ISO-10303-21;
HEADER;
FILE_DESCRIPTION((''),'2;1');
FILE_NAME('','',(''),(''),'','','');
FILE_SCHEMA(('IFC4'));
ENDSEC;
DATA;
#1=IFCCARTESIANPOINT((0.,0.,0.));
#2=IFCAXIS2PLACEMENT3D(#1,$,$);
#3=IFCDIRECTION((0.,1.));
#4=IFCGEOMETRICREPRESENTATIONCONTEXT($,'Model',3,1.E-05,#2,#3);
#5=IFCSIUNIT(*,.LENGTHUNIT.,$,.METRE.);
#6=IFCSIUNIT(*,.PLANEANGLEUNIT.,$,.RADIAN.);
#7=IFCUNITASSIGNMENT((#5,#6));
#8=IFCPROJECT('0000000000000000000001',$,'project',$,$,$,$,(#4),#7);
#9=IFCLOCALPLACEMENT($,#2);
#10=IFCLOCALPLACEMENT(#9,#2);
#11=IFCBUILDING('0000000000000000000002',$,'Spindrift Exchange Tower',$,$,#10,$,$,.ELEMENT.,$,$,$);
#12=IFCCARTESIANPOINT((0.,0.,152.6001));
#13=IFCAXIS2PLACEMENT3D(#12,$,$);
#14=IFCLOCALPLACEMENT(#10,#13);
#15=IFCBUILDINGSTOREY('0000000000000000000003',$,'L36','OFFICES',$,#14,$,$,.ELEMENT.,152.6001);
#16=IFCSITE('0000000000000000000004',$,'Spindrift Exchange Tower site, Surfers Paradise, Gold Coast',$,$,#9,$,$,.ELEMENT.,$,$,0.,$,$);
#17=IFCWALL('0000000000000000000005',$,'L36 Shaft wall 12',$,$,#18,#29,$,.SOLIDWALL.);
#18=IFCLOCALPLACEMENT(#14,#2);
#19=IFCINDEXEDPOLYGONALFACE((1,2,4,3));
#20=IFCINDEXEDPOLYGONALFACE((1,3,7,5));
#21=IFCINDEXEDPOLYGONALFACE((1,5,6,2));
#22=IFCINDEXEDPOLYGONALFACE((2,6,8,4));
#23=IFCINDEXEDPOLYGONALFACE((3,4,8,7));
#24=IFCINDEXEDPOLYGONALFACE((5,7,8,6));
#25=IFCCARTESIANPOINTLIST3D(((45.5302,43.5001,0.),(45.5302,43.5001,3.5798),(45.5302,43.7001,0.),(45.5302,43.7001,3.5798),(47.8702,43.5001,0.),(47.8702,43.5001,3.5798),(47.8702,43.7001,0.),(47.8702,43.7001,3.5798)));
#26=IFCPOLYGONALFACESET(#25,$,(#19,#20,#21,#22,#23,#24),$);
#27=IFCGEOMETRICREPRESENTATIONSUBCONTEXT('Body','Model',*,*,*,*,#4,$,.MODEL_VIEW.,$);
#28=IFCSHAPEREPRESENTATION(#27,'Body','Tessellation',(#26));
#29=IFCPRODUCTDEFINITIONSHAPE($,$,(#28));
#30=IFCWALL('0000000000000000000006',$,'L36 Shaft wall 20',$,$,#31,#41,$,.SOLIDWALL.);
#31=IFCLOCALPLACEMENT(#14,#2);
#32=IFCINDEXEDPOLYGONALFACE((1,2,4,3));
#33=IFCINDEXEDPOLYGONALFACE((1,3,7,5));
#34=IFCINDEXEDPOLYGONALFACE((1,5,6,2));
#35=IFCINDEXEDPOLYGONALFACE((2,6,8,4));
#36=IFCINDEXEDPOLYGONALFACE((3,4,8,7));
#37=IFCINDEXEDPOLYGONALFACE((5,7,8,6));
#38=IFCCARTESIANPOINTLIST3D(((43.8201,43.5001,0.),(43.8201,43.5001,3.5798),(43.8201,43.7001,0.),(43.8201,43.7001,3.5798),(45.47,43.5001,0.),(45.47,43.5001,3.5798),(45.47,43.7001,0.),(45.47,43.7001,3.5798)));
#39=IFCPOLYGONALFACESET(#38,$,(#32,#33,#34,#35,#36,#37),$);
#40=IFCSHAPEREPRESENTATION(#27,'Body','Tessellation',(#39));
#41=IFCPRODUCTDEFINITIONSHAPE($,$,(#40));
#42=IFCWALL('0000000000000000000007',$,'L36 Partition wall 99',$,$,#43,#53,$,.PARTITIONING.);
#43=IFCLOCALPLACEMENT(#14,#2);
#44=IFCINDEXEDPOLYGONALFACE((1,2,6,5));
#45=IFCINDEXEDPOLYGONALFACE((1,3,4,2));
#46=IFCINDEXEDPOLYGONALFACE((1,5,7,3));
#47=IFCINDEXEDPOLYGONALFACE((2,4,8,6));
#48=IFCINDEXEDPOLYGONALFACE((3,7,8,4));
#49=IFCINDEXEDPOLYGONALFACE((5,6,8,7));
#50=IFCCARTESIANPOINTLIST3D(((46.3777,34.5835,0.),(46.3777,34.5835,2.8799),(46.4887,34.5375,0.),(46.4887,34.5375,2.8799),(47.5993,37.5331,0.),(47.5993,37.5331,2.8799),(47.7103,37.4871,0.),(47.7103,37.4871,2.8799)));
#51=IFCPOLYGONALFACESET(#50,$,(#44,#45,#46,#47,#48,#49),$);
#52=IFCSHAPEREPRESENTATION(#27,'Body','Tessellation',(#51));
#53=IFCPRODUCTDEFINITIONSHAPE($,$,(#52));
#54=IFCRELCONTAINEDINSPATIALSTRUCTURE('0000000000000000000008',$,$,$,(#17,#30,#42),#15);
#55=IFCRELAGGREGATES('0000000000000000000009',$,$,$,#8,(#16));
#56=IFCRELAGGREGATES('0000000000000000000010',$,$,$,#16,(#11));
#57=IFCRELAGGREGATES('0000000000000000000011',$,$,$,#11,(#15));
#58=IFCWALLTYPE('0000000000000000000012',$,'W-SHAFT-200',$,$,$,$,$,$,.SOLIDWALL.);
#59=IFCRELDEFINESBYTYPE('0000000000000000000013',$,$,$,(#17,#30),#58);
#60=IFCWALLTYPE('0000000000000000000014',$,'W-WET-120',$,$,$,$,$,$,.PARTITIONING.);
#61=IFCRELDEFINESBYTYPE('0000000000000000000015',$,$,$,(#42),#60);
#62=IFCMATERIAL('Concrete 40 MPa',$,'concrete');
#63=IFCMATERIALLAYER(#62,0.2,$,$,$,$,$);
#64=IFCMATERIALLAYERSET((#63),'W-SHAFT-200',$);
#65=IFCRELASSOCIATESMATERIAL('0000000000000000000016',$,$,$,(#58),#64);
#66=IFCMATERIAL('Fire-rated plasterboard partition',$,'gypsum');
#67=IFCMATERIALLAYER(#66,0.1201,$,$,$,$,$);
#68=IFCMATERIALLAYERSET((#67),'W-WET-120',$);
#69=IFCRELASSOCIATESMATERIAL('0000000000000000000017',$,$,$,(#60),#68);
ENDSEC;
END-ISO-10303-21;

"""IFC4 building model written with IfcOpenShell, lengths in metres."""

from ifc_helpers import new_model, si_unit, direction, frame, frame_2d, origin, place, context, subcontext, project, spatial, rectangle, extrude, material, layer, layer_set, type_object, element, save


model = new_model("IFC4")

# Units and contexts
model_context = context("Model", 3, precision=1e-05, world=origin(), true_north=direction((0.0, 1.0)))
body_context = subcontext(model_context, "Body", "Model", "MODEL_VIEW")
ifc_project = project(units=[si_unit("LENGTHUNIT", "METRE"), si_unit("PLANEANGLEUNIT", "RADIAN")], contexts=[model_context])

# Site, building, storey
site_placement = place(None, origin())
site = spatial("IfcSite", under=ifc_project, at=site_placement, Name="Spindrift Exchange Tower site, Surfers Paradise, Gold Coast", CompositionType="ELEMENT", RefElevation=0.0)
building_placement = place(site_placement, origin())
building = spatial("IfcBuilding", under=site, at=building_placement, Name="Spindrift Exchange Tower", CompositionType="ELEMENT")
storey_placement = place(building_placement, frame((0.0, 0.0, 152.6001)))
storey = spatial("IfcBuildingStorey", under=building, at=storey_placement, Name="L36", Description="OFFICES", CompositionType="ELEMENT", Elevation=152.6001)

# Shared definitions
ifc_material_1 = material(Name="Fire-rated plasterboard partition", Category="gypsum")

# Shared definitions
ifc_material_2 = material(Name="Concrete 40 MPa", Category="concrete")
ifc_layer_1 = layer(ifc_material_2, 0.2)
ifc_layer_set_1 = layer_set([ifc_layer_1], Name="W-SHAFT-200")
wall_type_1 = type_object("IfcWallType", Name="W-SHAFT-200", PredefinedType="SOLIDWALL", material=ifc_layer_set_1)

# Walls
wall_1_placement = place(storey_placement, frame((47.8701, 43.6001, 0.0), z_axis=(0.0, 0.0, 1.0), x_axis=(-1.0, 0.0, 0.0)))
element("IfcWall", 1, at=wall_1_placement, inside=storey, type_object=wall_type_1, Name="L36 Shaft wall 12", PredefinedType="SOLIDWALL", context=body_context, shape_type="SweptSolid", body=[
    extrude(rectangle(XDim=2.3401, YDim=0.2, at=frame_2d((1.1699, 0.0))), origin(), (0.0, 0.0, 1.0), 3.5798),
])
wall_2_placement = place(storey_placement, frame((45.47, 43.6001, 0.0), z_axis=(0.0, 0.0, 1.0), x_axis=(-1.0, 0.0, 0.0)))
element("IfcWall", 2, at=wall_2_placement, inside=storey, type_object=wall_type_1, Name="L36 Shaft wall 20", PredefinedType="SOLIDWALL", context=body_context, shape_type="SweptSolid", body=[
    extrude(rectangle(XDim=1.6499, YDim=0.2, at=frame_2d((0.825, 0.0))), origin(), (0.0, 0.0, 1.0), 3.5798),
])
ifc_layer_2 = layer(ifc_material_1, 0.1201)
ifc_layer_set_2 = layer_set([ifc_layer_2], Name="W-WET-120")
wall_type_2 = type_object("IfcWallType", Name="W-WET-120", PredefinedType="PARTITIONING", material=ifc_layer_set_2)
wall_3_placement = place(storey_placement, frame((47.6548, 37.51, 0.0), z_axis=(0.0, 0.0, 1.0), x_axis=(-0.382649, -0.923894, 0.0)))
element("IfcWall", 3, at=wall_3_placement, inside=storey, type_object=wall_type_2, Name="L36 Partition wall 99", PredefinedType="PARTITIONING", context=body_context, shape_type="SweptSolid", body=[
    extrude(rectangle(XDim=3.1926, YDim=0.1201, at=frame_2d((1.5962, 0.0))), origin(), (0.0, 0.0, 1.0), 2.8799),
])

save(model, "model.ifc")
